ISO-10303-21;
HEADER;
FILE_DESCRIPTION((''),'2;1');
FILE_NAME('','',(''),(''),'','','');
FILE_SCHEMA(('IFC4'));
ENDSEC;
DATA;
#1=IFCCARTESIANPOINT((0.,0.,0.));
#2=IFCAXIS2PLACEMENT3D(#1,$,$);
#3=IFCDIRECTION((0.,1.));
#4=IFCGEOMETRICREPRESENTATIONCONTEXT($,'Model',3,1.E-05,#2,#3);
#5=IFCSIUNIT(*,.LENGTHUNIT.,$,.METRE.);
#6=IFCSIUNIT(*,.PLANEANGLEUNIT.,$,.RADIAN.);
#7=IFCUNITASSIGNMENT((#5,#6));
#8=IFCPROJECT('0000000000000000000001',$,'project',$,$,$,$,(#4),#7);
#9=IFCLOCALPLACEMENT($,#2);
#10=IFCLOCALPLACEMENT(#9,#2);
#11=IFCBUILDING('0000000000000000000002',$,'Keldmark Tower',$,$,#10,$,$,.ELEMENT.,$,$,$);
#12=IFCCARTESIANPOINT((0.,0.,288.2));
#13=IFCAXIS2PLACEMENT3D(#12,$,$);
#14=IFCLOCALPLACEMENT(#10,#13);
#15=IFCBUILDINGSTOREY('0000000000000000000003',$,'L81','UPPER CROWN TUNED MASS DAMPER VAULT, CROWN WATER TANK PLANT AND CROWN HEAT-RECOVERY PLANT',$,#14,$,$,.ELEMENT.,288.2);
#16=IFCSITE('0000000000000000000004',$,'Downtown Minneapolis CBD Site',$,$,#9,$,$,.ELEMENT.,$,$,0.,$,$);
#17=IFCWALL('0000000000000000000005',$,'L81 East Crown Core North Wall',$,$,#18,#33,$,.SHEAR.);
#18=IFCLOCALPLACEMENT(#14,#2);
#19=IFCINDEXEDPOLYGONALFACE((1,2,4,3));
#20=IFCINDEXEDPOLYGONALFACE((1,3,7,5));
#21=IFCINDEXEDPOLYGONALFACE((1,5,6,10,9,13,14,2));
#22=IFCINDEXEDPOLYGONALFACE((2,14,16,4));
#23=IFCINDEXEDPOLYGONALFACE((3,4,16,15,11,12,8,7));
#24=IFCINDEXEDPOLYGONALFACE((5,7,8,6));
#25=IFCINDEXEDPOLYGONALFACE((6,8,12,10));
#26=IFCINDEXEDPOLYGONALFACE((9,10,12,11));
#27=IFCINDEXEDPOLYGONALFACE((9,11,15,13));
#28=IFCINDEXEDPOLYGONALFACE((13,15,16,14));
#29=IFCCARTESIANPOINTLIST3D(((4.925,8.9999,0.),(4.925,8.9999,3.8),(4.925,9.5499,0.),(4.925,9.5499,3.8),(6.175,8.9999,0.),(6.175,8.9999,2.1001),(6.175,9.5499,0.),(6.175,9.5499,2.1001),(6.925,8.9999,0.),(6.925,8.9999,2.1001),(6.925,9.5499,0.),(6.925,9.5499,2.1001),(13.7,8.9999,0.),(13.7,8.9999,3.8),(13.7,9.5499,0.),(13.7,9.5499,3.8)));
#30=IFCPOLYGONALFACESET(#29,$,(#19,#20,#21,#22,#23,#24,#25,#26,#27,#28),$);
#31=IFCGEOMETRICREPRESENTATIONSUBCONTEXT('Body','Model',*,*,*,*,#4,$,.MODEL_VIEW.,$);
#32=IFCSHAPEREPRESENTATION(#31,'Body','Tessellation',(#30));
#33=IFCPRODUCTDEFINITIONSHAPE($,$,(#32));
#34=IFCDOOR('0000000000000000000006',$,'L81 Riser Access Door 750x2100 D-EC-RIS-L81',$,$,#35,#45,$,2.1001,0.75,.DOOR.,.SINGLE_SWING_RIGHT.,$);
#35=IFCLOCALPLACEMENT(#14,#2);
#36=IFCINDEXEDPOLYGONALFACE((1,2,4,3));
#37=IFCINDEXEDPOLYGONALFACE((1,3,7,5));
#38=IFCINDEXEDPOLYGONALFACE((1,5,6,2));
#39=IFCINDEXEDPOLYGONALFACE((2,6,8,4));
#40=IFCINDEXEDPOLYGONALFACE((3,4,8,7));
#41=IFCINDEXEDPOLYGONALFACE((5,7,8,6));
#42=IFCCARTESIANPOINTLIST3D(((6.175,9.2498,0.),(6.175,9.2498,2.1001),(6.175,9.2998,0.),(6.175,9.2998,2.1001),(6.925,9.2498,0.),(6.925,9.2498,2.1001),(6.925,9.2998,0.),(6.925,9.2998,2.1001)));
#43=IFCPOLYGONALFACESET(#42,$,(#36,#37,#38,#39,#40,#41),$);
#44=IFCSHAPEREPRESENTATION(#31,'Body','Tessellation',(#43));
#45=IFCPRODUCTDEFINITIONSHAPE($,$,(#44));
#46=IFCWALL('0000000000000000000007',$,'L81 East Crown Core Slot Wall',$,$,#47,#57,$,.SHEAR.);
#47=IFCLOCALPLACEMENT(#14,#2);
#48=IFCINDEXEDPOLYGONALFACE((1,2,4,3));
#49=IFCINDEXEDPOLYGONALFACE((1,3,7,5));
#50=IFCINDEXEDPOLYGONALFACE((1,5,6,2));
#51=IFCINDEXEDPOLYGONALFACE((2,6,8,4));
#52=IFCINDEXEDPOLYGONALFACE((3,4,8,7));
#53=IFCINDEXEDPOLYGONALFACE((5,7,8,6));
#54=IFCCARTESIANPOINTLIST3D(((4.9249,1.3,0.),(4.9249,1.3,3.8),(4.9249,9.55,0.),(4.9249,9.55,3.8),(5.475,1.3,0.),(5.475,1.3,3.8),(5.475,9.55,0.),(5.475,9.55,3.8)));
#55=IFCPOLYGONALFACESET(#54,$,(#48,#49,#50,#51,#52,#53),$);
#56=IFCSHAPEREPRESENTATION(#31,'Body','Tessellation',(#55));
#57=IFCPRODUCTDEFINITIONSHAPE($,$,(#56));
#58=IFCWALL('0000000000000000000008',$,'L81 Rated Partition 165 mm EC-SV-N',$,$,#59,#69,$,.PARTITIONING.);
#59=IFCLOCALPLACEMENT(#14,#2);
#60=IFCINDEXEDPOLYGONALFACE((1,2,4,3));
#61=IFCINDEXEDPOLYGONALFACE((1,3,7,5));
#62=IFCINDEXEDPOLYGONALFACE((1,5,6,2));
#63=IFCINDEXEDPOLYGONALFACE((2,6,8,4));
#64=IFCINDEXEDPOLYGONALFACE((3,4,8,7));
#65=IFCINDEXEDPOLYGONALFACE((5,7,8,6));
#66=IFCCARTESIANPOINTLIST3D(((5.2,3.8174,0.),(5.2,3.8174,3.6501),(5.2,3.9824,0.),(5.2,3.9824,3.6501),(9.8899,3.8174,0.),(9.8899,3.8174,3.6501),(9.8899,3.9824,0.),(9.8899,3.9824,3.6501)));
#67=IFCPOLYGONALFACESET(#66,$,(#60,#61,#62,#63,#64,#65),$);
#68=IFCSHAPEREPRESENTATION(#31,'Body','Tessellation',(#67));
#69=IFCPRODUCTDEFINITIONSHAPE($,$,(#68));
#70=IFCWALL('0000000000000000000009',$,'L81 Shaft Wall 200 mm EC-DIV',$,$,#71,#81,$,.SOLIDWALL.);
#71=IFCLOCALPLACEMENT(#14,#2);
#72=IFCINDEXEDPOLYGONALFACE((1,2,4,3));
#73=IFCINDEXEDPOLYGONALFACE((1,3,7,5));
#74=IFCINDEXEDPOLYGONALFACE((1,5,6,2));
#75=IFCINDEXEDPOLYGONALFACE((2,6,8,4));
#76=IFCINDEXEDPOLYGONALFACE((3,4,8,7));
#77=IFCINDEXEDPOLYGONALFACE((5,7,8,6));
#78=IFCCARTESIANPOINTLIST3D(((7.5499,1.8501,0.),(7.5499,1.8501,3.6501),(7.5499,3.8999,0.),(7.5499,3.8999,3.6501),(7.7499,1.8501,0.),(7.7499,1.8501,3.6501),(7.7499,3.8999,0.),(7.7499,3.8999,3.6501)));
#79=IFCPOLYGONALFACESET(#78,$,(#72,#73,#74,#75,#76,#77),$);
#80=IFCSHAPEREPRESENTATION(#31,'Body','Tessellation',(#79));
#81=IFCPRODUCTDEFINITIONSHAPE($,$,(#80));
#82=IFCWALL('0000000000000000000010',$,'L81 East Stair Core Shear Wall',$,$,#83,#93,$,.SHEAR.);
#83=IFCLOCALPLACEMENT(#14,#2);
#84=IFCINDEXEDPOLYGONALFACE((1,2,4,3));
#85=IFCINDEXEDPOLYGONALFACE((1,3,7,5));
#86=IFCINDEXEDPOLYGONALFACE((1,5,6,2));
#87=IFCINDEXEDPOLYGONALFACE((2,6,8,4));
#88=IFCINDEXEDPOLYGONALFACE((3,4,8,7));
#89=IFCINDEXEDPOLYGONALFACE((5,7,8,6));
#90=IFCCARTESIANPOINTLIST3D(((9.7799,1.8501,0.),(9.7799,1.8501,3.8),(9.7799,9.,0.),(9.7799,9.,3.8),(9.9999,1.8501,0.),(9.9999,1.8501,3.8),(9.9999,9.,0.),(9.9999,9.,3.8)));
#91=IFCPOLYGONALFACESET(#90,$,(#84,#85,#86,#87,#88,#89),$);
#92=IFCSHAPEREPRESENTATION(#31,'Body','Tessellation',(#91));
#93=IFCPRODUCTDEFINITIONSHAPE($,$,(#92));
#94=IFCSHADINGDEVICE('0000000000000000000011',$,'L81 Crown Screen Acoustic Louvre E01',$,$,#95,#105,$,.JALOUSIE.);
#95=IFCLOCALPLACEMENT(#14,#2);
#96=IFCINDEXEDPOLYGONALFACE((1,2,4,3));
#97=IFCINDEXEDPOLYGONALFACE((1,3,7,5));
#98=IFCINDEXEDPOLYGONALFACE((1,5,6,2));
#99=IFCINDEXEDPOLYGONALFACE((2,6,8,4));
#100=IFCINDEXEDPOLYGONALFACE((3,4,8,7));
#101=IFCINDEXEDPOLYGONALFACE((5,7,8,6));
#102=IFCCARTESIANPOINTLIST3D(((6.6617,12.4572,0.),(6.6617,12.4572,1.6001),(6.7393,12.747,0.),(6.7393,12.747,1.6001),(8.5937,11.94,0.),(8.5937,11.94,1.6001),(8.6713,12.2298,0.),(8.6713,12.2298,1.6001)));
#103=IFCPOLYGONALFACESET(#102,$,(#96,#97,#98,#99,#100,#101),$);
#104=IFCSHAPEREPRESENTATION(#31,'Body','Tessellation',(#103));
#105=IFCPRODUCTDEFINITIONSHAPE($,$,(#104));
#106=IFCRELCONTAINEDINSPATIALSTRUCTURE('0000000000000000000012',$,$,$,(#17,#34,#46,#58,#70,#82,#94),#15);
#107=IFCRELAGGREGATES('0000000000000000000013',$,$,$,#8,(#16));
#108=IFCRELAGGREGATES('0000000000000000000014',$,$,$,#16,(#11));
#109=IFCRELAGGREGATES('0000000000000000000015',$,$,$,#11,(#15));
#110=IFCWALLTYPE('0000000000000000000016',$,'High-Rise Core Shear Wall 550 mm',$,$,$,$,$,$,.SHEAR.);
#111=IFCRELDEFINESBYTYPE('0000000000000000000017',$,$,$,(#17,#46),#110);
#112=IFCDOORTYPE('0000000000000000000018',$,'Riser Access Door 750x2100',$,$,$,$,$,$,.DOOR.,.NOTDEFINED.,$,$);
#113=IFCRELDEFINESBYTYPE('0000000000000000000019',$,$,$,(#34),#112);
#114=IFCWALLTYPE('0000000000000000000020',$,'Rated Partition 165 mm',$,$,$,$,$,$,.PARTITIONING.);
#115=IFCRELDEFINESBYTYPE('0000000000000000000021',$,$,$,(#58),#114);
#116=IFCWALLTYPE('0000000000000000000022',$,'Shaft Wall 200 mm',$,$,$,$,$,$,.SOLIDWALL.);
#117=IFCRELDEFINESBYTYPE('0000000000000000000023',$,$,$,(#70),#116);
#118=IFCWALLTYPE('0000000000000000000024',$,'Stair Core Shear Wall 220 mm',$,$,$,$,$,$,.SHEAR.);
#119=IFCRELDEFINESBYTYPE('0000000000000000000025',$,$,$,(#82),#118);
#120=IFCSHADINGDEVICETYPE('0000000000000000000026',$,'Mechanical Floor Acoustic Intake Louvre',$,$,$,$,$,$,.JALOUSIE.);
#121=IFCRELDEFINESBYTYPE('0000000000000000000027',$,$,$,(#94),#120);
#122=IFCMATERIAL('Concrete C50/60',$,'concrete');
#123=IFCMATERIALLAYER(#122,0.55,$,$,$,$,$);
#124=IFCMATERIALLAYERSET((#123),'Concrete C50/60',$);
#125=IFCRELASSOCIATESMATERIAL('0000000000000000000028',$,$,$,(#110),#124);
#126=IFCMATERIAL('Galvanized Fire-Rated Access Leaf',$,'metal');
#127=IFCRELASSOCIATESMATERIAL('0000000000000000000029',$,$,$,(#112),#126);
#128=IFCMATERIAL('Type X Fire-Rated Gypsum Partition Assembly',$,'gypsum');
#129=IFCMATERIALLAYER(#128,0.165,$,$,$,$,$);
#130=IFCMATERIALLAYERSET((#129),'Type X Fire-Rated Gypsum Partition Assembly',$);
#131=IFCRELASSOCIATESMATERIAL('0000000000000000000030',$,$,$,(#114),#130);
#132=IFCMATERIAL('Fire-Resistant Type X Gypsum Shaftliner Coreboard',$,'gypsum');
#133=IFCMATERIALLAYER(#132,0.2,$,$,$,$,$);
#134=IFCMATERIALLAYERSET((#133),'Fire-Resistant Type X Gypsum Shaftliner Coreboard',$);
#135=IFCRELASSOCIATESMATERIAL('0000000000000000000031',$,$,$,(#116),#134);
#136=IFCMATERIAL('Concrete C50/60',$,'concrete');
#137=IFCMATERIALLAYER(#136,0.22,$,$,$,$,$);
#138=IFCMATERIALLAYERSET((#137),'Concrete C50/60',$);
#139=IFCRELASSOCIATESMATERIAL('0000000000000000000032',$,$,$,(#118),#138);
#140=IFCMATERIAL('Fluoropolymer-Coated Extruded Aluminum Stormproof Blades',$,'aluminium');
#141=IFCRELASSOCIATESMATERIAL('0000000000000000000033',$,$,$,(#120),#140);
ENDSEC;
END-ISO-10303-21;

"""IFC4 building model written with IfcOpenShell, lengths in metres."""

from ifc_helpers import new_model, si_unit, direction, frame, frame_2d, origin, origin_2d, place, context, subcontext, project, spatial, rectangle, extrude, material, layer, layer_set, type_object, element, fill, save


model = new_model("IFC4")

# Units and contexts
model_context = context("Model", 3, precision=1e-05, world=origin(), true_north=direction((0.0, 1.0)))
body_context = subcontext(model_context, "Body", "Model", "MODEL_VIEW")
ifc_project = project(units=[si_unit("LENGTHUNIT", "METRE"), si_unit("PLANEANGLEUNIT", "RADIAN")], contexts=[model_context])

# Site, building, storey
site_placement = place(None, origin())
site = spatial("IfcSite", under=ifc_project, at=site_placement, Name="Downtown Minneapolis CBD Site", CompositionType="ELEMENT", RefElevation=0.0)
building_placement = place(site_placement, origin())
building = spatial("IfcBuilding", under=site, at=building_placement, Name="Keldmark Tower", CompositionType="ELEMENT")
storey_placement = place(building_placement, frame((0.0, 0.0, 288.2)))
storey = spatial("IfcBuildingStorey", under=building, at=storey_placement, Name="L81", Description="UPPER CROWN TUNED MASS DAMPER VAULT, CROWN WATER TANK PLANT AND CROWN HEAT-RECOVERY PLANT", CompositionType="ELEMENT", Elevation=288.2)

# Shared definitions
ifc_material_1 = material(Name="Concrete C50/60", Category="concrete")
ifc_layer_1 = layer(ifc_material_1, 0.55)
ifc_layer_set_1 = layer_set([ifc_layer_1], Name="Concrete C50/60")
wall_type_1 = type_object("IfcWallType", Name="High-Rise Core Shear Wall 550 mm", PredefinedType="SHEAR", material=ifc_layer_set_1)

# Wall, opening, door
wall_1_placement = place(storey_placement, frame((4.925, 9.2749, 0.0), z_axis=(0.0, 0.0, 1.0), x_axis=(1.0, 0.0, 0.0)))
wall_1 = element("IfcWall", 1, at=wall_1_placement, inside=storey, type_object=wall_type_1, Name="L81 East Crown Core North Wall", PredefinedType="SHEAR", context=body_context, shape_type="SweptSolid", body=[
    extrude(rectangle(XDim=8.7749, YDim=0.55, at=frame_2d((4.3875, 0.0))), origin(), (0.0, 0.0, 1.0), 3.8),
])
opening_placement = place(wall_1_placement, frame((1.25, 0.0, 0.0)))
opening = element("IfcOpeningElement", 2, at=opening_placement, cuts=wall_1, PredefinedType="OPENING", context=body_context, shape_type="SweptSolid", body=[
    extrude(rectangle(XDim=0.75, YDim=2.1001, at=frame_2d((0.375, 1.05))), frame((0.0, 0.2849, 0.0), z_axis=(0.0, -1.0, 0.0), x_axis=(1.0, 0.0, 0.0)), (0.0, 0.0, 1.0), 0.5701),
])
ifc_material_2 = material(Name="Galvanized Fire-Rated Access Leaf", Category="metal")
door_type = type_object("IfcDoorType", Name="Riser Access Door 750x2100", OperationType="NOTDEFINED", PredefinedType="DOOR", material=ifc_material_2)
door_placement = place(opening_placement, origin())
door = element("IfcDoor", 3, at=door_placement, inside=storey, type_object=door_type, Name="L81 Riser Access Door 750x2100 D-EC-RIS-L81", OperationType="SINGLE_SWING_RIGHT", OverallHeight=2.1001, OverallWidth=0.75, PredefinedType="DOOR", context=body_context, shape_type="SweptSolid", body=[
    extrude(rectangle(XDim=0.75, YDim=2.1001, at=frame_2d((0.375, 1.05))), frame((0.0, 0.0249, 0.0), z_axis=(0.0, -1.0, 0.0), x_axis=(1.0, 0.0, 0.0)), (0.0, 0.0, 1.0), 0.05),
])
fill(opening, door)

# Walls
wall_2_placement = place(storey_placement, frame((5.2, 1.3, 0.0), z_axis=(0.0, 0.0, 1.0), x_axis=(0.0, 1.0, 0.0)))
element("IfcWall", 4, at=wall_2_placement, inside=storey, type_object=wall_type_1, Name="L81 East Crown Core Slot Wall", PredefinedType="SHEAR", context=body_context, shape_type="SweptSolid", body=[
    extrude(rectangle(XDim=8.25, YDim=0.55, at=frame_2d((4.125, 0.0))), origin(), (0.0, 0.0, 1.0), 3.8),
])
ifc_material_3 = material(Name="Type X Fire-Rated Gypsum Partition Assembly", Category="gypsum")
ifc_layer_2 = layer(ifc_material_3, 0.165)
ifc_layer_set_2 = layer_set([ifc_layer_2], Name="Type X Fire-Rated Gypsum Partition Assembly")
wall_type_2 = type_object("IfcWallType", Name="Rated Partition 165 mm", PredefinedType="PARTITIONING", material=ifc_layer_set_2)
wall_3_placement = place(storey_placement, frame((5.2, 3.8999, 0.0), z_axis=(0.0, 0.0, 1.0), x_axis=(1.0, 0.0, 0.0)))
element("IfcWall", 5, at=wall_3_placement, inside=storey, type_object=wall_type_2, Name="L81 Rated Partition 165 mm EC-SV-N", PredefinedType="PARTITIONING", context=body_context, shape_type="SweptSolid", body=[
    extrude(rectangle(XDim=4.6899, YDim=0.165, at=frame_2d((2.345, 0.0))), origin(), (0.0, 0.0, 1.0), 3.6501),
])
ifc_material_4 = material(Name="Fire-Resistant Type X Gypsum Shaftliner Coreboard", Category="gypsum")
ifc_layer_3 = layer(ifc_material_4, 0.2)
ifc_layer_set_3 = layer_set([ifc_layer_3], Name="Fire-Resistant Type X Gypsum Shaftliner Coreboard")
wall_type_3 = type_object("IfcWallType", Name="Shaft Wall 200 mm", PredefinedType="SOLIDWALL", material=ifc_layer_set_3)
wall_4_placement = place(storey_placement, frame((7.6499, 1.8501, 0.0), z_axis=(0.0, 0.0, 1.0), x_axis=(0.0, 1.0, 0.0)))
element("IfcWall", 6, at=wall_4_placement, inside=storey, type_object=wall_type_3, Name="L81 Shaft Wall 200 mm EC-DIV", PredefinedType="SOLIDWALL", context=body_context, shape_type="SweptSolid", body=[
    extrude(rectangle(XDim=2.0498, YDim=0.2, at=frame_2d((1.0249, 0.0))), origin(), (0.0, 0.0, 1.0), 3.6501),
])
ifc_material_5 = material(Name="Concrete C50/60", Category="concrete")
ifc_layer_4 = layer(ifc_material_5, 0.22)
ifc_layer_set_4 = layer_set([ifc_layer_4], Name="Concrete C50/60")
wall_type_4 = type_object("IfcWallType", Name="Stair Core Shear Wall 220 mm", PredefinedType="SHEAR", material=ifc_layer_set_4)
wall_5_placement = place(storey_placement, frame((9.8899, 1.8501, 0.0), z_axis=(0.0, 0.0, 1.0), x_axis=(0.0, 1.0, 0.0)))
element("IfcWall", 7, at=wall_5_placement, inside=storey, type_object=wall_type_4, Name="L81 East Stair Core Shear Wall", PredefinedType="SHEAR", context=body_context, shape_type="SweptSolid", body=[
    extrude(rectangle(XDim=7.1499, YDim=0.22, at=frame_2d((3.575, 0.0))), origin(), (0.0, 0.0, 1.0), 3.8),
])

# Shading device
ifc_material_6 = material(Name="Fluoropolymer-Coated Extruded Aluminum Stormproof Blades", Category="aluminium")
shading_device_type = type_object("IfcShadingDeviceType", Name="Mechanical Floor Acoustic Intake Louvre", PredefinedType="JALOUSIE", material=ifc_material_6)
shading_device_placement = place(storey_placement, frame((7.6665, 12.3435, 0.0), z_axis=(0.0, 0.0, 1.0), x_axis=(-0.96598, 0.258617, 0.0)))
element("IfcShadingDevice", 8, at=shading_device_placement, inside=storey, type_object=shading_device_type, Name="L81 Crown Screen Acoustic Louvre E01", PredefinedType="JALOUSIE", context=body_context, shape_type="SweptSolid", body=[
    extrude(rectangle(XDim=2.0, YDim=0.3, at=origin_2d()), origin(), (0.0, 0.0, 1.0), 1.6001),
])

save(model, "model.ifc")
